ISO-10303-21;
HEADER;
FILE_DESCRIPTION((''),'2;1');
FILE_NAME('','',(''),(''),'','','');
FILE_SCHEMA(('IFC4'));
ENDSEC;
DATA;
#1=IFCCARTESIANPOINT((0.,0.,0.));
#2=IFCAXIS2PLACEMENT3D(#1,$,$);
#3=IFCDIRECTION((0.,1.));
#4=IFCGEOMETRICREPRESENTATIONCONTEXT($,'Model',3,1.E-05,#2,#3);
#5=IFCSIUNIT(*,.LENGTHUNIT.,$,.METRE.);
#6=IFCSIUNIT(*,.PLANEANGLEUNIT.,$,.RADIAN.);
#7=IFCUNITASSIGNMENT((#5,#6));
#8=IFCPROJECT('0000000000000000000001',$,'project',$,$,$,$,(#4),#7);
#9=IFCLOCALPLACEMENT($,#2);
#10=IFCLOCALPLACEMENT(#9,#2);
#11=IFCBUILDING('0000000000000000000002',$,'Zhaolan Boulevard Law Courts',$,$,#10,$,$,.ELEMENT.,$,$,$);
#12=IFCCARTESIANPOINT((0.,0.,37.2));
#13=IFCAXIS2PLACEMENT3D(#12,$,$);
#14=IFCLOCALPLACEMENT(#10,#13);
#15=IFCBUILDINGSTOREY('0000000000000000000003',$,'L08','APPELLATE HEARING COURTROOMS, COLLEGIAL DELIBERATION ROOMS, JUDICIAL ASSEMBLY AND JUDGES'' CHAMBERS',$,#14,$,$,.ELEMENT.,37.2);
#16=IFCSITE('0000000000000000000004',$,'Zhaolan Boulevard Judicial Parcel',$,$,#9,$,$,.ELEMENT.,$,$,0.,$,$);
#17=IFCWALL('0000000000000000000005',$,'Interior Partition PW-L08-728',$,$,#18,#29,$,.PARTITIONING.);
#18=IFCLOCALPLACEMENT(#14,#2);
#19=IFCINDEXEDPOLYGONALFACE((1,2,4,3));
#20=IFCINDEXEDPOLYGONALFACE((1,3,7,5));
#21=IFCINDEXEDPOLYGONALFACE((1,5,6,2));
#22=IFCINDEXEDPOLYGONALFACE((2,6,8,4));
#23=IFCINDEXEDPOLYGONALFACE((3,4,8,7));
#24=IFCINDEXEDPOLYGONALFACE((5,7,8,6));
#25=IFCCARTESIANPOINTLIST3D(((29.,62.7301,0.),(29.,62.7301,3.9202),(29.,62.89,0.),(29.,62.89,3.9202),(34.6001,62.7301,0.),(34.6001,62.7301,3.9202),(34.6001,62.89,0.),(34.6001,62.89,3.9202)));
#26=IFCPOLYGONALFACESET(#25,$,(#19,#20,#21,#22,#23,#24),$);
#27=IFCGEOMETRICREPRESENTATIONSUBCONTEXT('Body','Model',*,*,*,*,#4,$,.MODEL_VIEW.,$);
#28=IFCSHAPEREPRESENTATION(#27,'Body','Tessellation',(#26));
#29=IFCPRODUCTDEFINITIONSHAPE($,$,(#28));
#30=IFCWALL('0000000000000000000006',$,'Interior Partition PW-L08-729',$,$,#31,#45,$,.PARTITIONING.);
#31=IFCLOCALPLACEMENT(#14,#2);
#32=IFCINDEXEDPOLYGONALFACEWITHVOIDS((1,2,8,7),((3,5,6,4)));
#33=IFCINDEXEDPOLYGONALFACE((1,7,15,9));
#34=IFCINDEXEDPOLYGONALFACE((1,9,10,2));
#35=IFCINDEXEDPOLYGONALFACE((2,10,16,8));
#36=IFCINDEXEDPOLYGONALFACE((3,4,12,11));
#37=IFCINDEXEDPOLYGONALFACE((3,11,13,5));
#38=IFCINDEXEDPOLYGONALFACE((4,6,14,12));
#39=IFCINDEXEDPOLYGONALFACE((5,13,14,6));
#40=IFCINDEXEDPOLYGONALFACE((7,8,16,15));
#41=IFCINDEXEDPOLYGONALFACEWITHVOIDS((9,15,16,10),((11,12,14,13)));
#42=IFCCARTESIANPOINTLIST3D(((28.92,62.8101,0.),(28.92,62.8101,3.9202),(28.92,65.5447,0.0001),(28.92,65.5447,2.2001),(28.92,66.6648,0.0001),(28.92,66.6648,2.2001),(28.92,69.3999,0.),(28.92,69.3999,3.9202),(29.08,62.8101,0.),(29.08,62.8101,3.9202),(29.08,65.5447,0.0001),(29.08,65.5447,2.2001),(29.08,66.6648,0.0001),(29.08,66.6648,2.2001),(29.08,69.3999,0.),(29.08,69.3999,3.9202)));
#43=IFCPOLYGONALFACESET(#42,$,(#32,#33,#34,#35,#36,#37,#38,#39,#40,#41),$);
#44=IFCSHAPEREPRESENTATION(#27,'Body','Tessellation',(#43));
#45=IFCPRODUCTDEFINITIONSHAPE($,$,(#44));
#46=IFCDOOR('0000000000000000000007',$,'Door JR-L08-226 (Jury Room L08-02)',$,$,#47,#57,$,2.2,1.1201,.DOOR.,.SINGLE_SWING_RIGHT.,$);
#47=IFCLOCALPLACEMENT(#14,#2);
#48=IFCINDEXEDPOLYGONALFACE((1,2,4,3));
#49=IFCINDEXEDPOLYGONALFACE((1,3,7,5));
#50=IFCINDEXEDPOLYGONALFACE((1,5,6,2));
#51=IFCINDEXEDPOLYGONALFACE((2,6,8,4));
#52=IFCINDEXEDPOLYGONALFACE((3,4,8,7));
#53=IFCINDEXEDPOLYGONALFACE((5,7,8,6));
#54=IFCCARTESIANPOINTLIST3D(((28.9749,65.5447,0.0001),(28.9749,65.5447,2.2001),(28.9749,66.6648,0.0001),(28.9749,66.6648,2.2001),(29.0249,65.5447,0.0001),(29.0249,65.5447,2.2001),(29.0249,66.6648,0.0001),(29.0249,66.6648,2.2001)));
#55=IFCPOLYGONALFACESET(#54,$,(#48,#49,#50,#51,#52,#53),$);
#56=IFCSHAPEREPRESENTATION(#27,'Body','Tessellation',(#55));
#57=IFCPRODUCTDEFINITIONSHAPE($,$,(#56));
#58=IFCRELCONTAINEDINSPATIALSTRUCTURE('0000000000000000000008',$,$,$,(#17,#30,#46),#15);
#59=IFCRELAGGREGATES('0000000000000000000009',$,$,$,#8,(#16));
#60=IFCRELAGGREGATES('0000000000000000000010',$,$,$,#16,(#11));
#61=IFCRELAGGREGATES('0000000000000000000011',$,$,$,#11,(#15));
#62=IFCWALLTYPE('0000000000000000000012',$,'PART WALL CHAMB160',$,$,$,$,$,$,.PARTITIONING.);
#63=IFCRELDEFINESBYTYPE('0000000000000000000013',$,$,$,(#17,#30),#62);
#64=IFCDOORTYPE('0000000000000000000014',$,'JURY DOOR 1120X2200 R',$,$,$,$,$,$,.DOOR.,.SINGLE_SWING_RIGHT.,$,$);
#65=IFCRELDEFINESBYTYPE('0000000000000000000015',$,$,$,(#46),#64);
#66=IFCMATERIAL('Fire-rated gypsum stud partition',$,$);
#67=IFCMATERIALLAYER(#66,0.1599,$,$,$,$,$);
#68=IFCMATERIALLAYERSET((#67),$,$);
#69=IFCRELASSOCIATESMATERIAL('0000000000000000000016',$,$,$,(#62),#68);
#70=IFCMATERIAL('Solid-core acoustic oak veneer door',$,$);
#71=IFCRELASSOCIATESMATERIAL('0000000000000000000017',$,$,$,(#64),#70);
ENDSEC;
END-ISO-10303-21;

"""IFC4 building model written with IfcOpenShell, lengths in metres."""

from ifc_helpers import new_model, si_unit, direction, frame, frame_2d, origin, place, context, subcontext, project, spatial, rectangle, extrude, material, layer, layer_set, type_object, element, fill, save


model = new_model("IFC4")

# Units and contexts
model_context = context("Model", 3, precision=1e-05, world=origin(), true_north=direction((0.0, 1.0)))
body_context = subcontext(model_context, "Body", "Model", "MODEL_VIEW")
ifc_project = project(units=[si_unit("LENGTHUNIT", "METRE"), si_unit("PLANEANGLEUNIT", "RADIAN")], contexts=[model_context])

# Site, building, storey
site_placement = place(None, origin())
site = spatial("IfcSite", under=ifc_project, at=site_placement, Name="Zhaolan Boulevard Judicial Parcel", CompositionType="ELEMENT", RefElevation=0.0)
building_placement = place(site_placement, origin())
building = spatial("IfcBuilding", under=site, at=building_placement, Name="Zhaolan Boulevard Law Courts", CompositionType="ELEMENT")
storey_placement = place(building_placement, frame((0.0, 0.0, 37.2)))
storey = spatial("IfcBuildingStorey", under=building, at=storey_placement, Name="L08", Description="APPELLATE HEARING COURTROOMS, COLLEGIAL DELIBERATION ROOMS, JUDICIAL ASSEMBLY AND JUDGES' CHAMBERS", CompositionType="ELEMENT", Elevation=37.2)

# Shared definitions
ifc_material_1 = material(Name="Fire-rated gypsum stud partition")
ifc_layer_1 = layer(ifc_material_1, 0.1599)
ifc_layer_set_1 = layer_set([ifc_layer_1])
wall_type_1 = type_object("IfcWallType", Name="PART WALL CHAMB160", PredefinedType="PARTITIONING", material=ifc_layer_set_1)

# Wall
wall_1_placement = place(storey_placement, frame((29.0, 62.8101, 0.0), z_axis=(0.0, 0.0, 1.0), x_axis=(1.0, 0.0, 0.0)))
element("IfcWall", 1, at=wall_1_placement, inside=storey, type_object=wall_type_1, Name="Interior Partition PW-L08-728", PredefinedType="PARTITIONING", context=body_context, shape_type="SweptSolid", body=[
    extrude(rectangle(XDim=5.6001, YDim=0.1599, at=frame_2d((2.8, 0.0))), origin(), (0.0, 0.0, 1.0), 3.9202),
])

# Wall, opening, door
wall_2_placement = place(storey_placement, frame((29.0, 69.3999, 0.0), z_axis=(0.0, 0.0, 1.0), x_axis=(0.0, -1.0, 0.0)))
wall_2 = element("IfcWall", 2, at=wall_2_placement, inside=storey, type_object=wall_type_1, Name="Interior Partition PW-L08-729", PredefinedType="PARTITIONING", context=body_context, shape_type="SweptSolid", body=[
    extrude(rectangle(XDim=6.5898, YDim=0.1599, at=frame_2d((3.2949, 0.0))), origin(), (0.0, 0.0, 1.0), 3.9202),
])
opening_1_placement = place(wall_2_placement, frame((2.7351, 0.0, 0.0)))
opening_1 = element("IfcOpeningElement", 3, at=opening_1_placement, cuts=wall_2, PredefinedType="OPENING", context=body_context, shape_type="SweptSolid", body=[
    extrude(rectangle(XDim=1.1201, YDim=2.2, at=frame_2d((0.5601, 1.1001))), frame((0.0, 0.0898, 0.0), z_axis=(0.0, -1.0, 0.0), x_axis=(1.0, 0.0, 0.0)), (0.0, 0.0, 1.0), 0.1799),
])
ifc_material_2 = material(Name="Solid-core acoustic oak veneer door")
door_type_1 = type_object("IfcDoorType", Name="JURY DOOR 1120X2200 R", OperationType="SINGLE_SWING_RIGHT", PredefinedType="DOOR", material=ifc_material_2)
door_1_placement = place(opening_1_placement, origin())
door_1 = element("IfcDoor", 4, at=door_1_placement, inside=storey, type_object=door_type_1, Name="Door JR-L08-226 (Jury Room L08-02)", OperationType="SINGLE_SWING_RIGHT", OverallHeight=2.2, OverallWidth=1.1201, PredefinedType="DOOR", context=body_context, shape_type="SweptSolid", body=[
    extrude(rectangle(XDim=1.1201, YDim=2.2, at=frame_2d((0.5601, 1.1001))), frame((0.0, 0.0249, 0.0), z_axis=(0.0, -1.0, 0.0), x_axis=(1.0, 0.0, 0.0)), (0.0, 0.0, 1.0), 0.05),
])
fill(opening_1, door_1)

save(model, "model.ifc")
